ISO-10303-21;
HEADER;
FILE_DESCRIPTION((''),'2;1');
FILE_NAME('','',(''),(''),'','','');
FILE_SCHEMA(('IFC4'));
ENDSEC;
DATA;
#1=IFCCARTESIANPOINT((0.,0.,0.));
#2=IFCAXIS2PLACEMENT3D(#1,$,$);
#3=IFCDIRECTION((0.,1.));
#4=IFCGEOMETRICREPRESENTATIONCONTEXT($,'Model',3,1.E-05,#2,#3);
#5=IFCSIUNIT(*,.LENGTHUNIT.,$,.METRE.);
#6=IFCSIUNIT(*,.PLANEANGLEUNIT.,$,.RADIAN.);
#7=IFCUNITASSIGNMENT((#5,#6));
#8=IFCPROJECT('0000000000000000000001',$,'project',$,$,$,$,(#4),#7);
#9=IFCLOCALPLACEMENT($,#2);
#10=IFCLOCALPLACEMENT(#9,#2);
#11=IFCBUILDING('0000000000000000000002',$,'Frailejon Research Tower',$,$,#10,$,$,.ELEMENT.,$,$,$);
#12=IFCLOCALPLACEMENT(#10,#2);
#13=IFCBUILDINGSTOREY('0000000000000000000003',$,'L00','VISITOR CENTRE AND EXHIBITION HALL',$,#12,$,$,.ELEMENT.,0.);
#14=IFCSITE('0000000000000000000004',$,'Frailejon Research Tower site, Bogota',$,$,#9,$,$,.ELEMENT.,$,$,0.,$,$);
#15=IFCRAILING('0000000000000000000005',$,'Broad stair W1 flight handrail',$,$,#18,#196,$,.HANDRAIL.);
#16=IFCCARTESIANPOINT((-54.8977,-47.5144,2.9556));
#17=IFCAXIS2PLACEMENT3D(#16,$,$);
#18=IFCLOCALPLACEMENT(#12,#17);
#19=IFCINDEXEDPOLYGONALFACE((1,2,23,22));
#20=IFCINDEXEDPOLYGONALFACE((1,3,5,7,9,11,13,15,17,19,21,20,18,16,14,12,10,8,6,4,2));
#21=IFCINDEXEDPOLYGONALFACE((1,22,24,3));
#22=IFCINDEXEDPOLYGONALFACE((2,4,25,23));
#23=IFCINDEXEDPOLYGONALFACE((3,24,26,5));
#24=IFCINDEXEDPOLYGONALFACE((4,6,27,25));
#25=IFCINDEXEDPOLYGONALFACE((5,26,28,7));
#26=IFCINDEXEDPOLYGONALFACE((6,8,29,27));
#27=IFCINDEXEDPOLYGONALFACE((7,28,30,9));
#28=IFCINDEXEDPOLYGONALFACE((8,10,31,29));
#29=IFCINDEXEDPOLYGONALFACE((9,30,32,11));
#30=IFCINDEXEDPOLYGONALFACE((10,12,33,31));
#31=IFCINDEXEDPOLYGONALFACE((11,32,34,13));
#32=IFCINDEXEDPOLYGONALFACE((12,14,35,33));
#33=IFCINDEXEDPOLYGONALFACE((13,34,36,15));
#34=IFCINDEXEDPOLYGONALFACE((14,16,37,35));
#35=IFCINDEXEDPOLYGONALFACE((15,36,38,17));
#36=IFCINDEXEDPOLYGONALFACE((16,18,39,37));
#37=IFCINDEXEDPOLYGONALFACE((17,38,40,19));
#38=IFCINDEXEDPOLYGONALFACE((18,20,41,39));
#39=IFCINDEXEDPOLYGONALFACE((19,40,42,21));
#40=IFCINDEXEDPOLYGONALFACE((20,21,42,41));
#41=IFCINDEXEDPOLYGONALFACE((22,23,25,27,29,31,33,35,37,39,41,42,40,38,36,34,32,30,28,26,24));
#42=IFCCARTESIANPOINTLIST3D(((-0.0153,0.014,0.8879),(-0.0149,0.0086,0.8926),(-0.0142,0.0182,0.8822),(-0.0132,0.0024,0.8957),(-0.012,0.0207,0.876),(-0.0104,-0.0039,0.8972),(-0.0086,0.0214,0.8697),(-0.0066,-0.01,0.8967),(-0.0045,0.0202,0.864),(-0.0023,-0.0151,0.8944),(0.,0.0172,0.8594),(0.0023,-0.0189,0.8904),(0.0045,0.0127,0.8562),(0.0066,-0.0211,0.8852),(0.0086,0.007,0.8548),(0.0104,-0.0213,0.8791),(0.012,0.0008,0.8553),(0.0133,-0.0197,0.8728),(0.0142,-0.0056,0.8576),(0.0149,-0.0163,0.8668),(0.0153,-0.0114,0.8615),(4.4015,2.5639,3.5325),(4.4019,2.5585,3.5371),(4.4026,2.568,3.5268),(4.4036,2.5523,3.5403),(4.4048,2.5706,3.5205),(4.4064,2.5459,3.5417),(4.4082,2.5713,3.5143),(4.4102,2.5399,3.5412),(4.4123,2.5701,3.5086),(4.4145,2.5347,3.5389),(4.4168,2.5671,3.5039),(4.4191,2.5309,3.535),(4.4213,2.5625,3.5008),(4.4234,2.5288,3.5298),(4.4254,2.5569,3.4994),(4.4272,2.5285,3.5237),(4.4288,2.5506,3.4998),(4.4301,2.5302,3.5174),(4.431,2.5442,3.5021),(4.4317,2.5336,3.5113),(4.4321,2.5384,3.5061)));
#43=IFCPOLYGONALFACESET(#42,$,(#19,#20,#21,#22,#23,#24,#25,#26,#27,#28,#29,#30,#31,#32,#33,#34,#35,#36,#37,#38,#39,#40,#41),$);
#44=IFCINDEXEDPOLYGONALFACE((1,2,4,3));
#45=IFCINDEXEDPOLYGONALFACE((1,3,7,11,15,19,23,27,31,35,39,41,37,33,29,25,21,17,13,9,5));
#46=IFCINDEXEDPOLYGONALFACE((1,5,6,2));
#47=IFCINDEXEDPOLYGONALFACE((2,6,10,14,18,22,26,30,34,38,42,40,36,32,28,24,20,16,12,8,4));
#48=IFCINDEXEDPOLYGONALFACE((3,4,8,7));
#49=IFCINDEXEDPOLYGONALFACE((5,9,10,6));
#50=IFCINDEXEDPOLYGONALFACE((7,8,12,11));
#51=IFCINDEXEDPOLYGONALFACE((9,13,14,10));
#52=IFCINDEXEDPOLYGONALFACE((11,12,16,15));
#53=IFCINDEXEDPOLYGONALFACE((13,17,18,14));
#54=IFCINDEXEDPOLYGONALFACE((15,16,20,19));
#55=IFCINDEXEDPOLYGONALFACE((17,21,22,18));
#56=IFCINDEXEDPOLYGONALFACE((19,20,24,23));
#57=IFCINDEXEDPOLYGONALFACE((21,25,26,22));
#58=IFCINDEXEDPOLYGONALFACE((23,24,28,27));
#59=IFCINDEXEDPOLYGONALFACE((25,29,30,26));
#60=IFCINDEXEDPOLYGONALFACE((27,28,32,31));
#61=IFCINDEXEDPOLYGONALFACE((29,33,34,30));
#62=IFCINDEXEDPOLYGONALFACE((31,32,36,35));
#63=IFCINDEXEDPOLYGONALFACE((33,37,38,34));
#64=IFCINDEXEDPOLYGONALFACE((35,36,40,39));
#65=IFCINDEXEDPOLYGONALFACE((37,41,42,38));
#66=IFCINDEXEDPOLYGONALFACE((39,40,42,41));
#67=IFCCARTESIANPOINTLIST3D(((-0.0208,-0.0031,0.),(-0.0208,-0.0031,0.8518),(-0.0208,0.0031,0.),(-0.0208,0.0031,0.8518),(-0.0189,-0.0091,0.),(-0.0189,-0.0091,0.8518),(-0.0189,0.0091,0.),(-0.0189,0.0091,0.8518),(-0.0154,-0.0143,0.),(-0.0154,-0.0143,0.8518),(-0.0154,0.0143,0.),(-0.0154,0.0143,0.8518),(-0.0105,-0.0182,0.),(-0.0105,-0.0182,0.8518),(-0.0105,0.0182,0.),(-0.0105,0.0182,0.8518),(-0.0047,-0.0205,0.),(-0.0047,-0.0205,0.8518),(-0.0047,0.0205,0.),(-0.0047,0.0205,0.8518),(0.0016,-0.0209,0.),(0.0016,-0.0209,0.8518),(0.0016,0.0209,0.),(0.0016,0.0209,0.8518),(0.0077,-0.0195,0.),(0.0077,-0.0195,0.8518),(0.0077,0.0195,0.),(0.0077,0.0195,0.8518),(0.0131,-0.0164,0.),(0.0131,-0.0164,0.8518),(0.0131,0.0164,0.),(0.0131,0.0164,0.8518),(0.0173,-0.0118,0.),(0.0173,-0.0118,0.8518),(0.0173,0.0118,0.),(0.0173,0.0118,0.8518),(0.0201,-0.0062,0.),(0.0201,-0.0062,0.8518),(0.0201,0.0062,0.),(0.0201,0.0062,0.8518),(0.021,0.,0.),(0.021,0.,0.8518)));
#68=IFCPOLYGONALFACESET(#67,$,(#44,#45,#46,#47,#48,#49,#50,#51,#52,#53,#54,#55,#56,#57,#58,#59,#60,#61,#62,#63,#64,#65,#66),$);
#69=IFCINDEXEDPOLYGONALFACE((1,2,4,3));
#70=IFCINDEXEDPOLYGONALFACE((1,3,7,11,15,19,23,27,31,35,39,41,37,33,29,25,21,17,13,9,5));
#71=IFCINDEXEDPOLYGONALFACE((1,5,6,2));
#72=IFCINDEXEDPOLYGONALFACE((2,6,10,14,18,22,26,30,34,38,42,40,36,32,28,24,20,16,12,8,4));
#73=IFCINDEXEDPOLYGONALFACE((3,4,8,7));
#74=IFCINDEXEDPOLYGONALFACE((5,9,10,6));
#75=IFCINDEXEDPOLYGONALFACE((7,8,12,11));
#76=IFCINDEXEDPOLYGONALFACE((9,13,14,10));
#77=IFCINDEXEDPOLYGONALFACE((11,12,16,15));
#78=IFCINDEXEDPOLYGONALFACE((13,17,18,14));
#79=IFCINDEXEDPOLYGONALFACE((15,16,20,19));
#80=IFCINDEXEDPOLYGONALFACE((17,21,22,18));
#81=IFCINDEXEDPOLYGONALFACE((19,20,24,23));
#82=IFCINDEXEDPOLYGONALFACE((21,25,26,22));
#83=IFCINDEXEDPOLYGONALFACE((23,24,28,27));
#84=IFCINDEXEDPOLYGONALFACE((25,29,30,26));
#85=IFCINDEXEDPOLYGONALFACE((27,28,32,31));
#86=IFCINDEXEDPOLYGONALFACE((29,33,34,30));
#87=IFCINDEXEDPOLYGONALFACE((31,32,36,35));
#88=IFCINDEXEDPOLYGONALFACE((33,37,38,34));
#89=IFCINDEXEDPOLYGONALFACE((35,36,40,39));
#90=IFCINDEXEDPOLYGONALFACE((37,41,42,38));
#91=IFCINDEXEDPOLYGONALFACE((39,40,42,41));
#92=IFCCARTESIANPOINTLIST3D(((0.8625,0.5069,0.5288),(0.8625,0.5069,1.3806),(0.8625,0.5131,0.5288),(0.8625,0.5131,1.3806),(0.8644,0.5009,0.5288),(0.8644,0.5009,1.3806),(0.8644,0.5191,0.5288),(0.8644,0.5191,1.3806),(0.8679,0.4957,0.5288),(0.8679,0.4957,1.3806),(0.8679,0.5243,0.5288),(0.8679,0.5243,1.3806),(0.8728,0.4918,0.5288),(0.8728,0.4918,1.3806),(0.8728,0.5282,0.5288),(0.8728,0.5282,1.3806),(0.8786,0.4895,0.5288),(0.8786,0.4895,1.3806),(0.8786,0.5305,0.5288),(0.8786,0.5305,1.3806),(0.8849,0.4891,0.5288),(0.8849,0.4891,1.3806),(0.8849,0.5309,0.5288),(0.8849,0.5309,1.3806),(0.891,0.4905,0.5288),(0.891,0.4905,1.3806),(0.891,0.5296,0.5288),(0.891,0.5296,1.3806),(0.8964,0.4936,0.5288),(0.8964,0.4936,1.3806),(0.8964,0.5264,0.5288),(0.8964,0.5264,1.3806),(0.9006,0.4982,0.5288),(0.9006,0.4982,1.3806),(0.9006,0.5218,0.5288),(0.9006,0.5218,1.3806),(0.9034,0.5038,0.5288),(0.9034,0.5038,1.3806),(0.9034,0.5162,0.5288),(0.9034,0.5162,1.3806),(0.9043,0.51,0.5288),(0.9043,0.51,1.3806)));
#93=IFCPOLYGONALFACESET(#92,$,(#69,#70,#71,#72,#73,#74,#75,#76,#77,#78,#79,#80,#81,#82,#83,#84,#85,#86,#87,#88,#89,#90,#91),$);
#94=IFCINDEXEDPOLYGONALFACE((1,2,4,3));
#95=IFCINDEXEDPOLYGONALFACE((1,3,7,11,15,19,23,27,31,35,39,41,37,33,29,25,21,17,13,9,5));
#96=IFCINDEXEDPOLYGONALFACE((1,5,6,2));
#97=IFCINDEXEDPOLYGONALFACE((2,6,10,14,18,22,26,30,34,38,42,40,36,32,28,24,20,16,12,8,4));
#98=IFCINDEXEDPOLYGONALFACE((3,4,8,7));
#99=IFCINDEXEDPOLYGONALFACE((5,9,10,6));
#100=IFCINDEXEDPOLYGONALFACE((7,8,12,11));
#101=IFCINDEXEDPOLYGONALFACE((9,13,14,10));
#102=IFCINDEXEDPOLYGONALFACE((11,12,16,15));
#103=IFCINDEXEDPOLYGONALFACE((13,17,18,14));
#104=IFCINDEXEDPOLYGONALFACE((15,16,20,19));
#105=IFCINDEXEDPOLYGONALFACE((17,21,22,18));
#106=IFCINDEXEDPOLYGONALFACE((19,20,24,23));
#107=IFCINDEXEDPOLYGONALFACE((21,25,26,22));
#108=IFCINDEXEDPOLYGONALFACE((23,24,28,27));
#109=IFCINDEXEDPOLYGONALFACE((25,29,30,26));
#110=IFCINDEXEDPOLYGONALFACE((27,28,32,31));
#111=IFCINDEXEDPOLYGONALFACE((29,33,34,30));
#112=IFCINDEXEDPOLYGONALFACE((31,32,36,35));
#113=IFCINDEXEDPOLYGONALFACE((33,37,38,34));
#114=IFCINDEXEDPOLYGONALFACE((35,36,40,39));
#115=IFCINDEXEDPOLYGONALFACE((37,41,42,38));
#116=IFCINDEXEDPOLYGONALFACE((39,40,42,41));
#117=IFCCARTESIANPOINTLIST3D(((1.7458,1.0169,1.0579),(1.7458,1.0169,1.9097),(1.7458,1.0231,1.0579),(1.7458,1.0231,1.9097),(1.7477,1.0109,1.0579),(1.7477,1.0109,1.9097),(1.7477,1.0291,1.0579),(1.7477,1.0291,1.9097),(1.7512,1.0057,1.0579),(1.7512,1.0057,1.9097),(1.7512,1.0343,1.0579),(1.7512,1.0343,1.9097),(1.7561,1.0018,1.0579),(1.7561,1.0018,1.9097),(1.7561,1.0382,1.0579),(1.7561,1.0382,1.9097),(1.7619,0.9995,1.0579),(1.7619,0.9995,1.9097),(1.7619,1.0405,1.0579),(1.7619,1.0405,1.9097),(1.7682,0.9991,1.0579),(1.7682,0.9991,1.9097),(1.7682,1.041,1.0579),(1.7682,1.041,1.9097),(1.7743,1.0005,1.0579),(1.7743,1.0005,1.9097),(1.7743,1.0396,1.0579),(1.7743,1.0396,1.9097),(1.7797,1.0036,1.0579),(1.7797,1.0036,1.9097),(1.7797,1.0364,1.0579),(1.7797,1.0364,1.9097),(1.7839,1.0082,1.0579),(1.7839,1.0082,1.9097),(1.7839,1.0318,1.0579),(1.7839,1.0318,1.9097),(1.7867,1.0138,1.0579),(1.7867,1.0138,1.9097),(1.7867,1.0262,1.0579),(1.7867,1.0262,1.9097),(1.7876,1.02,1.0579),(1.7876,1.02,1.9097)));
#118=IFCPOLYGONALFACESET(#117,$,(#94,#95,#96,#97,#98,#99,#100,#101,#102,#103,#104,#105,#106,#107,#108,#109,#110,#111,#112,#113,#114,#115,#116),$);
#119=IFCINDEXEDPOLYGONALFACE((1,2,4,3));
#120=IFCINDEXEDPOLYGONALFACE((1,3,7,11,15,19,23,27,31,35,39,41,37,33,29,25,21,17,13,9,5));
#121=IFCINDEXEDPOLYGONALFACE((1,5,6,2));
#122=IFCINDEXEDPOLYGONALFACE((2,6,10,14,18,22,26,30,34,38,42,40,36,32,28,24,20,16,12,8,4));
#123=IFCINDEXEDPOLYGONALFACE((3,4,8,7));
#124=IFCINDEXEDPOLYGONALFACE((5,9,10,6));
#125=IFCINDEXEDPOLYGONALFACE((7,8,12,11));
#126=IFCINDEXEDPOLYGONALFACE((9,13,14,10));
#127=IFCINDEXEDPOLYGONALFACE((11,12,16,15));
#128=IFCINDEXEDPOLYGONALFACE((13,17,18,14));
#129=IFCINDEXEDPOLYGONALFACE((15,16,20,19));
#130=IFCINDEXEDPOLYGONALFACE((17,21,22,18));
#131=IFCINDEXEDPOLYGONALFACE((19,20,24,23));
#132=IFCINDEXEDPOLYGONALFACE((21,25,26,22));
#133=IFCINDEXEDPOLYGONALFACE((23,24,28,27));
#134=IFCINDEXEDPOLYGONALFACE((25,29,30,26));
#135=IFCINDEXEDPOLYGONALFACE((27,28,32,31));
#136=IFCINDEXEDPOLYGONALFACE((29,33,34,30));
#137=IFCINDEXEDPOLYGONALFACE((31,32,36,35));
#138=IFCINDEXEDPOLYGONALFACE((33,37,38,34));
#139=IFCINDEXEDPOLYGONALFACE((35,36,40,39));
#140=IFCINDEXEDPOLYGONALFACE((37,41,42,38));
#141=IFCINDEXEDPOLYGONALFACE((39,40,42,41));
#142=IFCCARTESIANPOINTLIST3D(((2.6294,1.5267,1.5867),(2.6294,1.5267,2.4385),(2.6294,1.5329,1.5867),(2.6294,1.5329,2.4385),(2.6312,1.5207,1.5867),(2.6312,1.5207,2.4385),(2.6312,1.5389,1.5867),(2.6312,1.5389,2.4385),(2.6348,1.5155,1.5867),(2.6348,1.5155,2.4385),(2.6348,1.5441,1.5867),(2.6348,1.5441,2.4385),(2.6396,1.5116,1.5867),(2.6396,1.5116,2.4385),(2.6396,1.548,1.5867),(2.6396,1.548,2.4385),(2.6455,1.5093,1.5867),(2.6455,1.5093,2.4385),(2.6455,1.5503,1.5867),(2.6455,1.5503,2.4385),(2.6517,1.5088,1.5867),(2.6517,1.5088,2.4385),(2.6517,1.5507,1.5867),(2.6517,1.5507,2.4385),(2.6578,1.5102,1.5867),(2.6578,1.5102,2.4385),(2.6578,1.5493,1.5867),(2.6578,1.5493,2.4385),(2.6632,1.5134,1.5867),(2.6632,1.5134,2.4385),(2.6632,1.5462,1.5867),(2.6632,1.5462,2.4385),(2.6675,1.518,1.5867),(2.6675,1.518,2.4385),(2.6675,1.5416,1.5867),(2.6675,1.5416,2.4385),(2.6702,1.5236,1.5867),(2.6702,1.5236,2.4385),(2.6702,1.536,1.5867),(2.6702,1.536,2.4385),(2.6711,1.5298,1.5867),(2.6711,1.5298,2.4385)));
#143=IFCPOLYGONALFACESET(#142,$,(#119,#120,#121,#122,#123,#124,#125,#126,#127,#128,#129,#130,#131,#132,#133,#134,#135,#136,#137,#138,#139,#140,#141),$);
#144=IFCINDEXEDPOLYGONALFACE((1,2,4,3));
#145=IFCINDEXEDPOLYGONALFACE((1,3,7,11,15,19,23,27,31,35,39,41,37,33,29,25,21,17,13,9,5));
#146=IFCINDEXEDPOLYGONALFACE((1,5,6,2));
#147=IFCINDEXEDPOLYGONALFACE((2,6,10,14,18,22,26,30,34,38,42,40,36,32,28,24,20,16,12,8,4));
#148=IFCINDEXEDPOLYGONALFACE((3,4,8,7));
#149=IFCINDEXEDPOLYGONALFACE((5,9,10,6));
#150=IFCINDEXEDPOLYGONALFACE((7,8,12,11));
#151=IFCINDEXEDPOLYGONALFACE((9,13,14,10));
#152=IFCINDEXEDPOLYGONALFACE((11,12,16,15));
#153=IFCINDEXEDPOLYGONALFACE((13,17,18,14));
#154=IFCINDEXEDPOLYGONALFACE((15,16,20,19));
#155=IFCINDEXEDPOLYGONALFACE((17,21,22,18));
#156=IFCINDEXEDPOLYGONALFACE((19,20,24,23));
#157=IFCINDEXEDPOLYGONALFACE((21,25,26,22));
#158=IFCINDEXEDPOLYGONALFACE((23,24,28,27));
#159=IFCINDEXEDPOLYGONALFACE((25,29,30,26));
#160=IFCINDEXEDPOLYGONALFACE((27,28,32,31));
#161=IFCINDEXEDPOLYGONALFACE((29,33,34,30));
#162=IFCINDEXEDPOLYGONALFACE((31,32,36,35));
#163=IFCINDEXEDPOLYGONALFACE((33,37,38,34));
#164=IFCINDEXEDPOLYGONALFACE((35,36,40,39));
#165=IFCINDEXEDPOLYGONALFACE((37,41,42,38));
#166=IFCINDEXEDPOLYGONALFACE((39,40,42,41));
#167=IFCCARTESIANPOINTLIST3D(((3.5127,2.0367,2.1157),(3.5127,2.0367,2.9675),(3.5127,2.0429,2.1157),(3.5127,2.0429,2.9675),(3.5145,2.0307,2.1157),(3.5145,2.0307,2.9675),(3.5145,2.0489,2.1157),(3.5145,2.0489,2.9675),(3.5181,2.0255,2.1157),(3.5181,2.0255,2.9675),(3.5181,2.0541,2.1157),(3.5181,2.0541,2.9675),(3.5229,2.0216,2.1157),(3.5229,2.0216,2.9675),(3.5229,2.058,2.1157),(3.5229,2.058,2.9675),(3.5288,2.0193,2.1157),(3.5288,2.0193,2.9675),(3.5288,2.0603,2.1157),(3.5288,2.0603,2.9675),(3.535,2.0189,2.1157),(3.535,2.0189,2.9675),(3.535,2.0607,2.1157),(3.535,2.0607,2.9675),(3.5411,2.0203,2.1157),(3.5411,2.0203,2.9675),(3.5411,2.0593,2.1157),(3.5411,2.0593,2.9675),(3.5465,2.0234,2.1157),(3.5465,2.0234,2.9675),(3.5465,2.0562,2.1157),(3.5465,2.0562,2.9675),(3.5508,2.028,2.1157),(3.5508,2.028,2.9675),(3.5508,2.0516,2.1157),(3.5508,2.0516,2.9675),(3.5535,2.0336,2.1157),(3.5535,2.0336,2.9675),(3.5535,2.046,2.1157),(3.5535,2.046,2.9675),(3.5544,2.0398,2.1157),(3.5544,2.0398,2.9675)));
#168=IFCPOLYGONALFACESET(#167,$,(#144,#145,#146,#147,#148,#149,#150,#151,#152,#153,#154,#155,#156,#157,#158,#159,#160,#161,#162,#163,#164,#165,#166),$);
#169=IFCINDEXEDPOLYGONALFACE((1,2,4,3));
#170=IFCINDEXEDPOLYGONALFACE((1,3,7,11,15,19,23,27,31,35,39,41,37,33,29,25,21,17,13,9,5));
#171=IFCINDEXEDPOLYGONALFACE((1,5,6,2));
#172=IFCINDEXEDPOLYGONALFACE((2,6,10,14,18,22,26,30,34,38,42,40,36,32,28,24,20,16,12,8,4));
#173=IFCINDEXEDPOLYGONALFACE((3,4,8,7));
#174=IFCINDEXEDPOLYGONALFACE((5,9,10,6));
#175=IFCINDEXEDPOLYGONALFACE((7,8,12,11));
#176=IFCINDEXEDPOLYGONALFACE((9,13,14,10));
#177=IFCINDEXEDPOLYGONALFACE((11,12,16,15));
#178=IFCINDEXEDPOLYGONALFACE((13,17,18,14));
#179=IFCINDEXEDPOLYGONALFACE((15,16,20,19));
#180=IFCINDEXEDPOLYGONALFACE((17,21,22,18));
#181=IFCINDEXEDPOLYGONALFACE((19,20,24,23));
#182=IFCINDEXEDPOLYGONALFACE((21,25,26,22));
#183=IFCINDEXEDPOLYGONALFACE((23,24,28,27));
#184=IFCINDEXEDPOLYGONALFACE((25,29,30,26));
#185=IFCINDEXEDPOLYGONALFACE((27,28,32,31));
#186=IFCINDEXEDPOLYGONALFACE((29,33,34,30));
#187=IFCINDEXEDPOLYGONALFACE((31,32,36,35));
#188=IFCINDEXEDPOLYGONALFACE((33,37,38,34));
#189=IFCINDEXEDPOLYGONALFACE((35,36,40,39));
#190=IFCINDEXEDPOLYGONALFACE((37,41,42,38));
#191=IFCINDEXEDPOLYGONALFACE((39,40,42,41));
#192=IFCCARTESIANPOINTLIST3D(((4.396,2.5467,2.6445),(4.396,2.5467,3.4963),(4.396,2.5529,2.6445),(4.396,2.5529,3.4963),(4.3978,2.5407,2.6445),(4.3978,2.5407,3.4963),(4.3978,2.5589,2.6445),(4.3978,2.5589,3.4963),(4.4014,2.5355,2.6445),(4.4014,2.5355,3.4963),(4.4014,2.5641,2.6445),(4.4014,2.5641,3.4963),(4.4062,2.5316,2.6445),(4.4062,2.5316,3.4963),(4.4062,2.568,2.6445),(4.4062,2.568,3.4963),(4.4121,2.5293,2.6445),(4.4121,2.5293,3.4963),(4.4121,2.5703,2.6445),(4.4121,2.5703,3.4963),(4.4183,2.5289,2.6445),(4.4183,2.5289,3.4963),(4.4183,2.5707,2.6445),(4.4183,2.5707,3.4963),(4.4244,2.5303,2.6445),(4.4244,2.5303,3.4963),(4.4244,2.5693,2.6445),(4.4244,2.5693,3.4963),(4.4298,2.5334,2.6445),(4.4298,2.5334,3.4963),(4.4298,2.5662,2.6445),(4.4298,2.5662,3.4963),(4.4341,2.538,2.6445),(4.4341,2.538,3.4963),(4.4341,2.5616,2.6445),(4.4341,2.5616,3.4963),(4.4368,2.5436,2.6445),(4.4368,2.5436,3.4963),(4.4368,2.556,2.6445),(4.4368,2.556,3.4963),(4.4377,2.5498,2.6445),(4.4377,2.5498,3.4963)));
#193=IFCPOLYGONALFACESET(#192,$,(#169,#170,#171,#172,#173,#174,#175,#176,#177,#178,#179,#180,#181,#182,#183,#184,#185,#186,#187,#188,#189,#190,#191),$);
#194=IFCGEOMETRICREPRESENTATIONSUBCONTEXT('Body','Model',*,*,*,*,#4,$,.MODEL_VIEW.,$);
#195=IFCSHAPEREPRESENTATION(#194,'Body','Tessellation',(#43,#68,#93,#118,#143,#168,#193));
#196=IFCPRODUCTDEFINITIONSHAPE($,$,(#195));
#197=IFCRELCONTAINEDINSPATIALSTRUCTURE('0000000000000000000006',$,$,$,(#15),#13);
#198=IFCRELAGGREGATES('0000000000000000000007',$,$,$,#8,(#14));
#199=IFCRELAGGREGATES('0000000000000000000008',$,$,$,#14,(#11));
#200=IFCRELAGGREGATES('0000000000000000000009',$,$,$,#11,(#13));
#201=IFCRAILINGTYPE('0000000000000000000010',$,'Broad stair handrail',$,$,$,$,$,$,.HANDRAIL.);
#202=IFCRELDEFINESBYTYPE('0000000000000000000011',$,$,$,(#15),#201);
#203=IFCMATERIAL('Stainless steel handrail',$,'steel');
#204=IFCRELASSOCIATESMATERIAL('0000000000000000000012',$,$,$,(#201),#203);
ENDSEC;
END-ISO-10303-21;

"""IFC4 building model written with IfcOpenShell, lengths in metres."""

from ifc_helpers import new_model, si_unit, direction, frame, origin, origin_2d, place, context, subcontext, project, spatial, circle, extrude, material, type_object, element, save


model = new_model("IFC4")

# Units and contexts
model_context = context("Model", 3, precision=1e-05, world=origin(), true_north=direction((0.0, 1.0)))
body_context = subcontext(model_context, "Body", "Model", "MODEL_VIEW")
ifc_project = project(units=[si_unit("LENGTHUNIT", "METRE"), si_unit("PLANEANGLEUNIT", "RADIAN")], contexts=[model_context])

# Site, building, storey
site_placement = place(None, origin())
site = spatial("IfcSite", under=ifc_project, at=site_placement, Name="Frailejon Research Tower site, Bogota", CompositionType="ELEMENT", RefElevation=0.0)
building_placement = place(site_placement, origin())
building = spatial("IfcBuilding", under=site, at=building_placement, Name="Frailejon Research Tower", CompositionType="ELEMENT")
storey_placement = place(building_placement, origin())
storey = spatial("IfcBuildingStorey", under=building, at=storey_placement, Name="L00", Description="VISITOR CENTRE AND EXHIBITION HALL", CompositionType="ELEMENT", Elevation=0.0)

# Railing
ifc_material_1 = material(Name="Stainless steel handrail", Category="steel")
railing_type_1 = type_object("IfcRailingType", Name="Broad stair handrail", PredefinedType="HANDRAIL", material=ifc_material_1)
railing_1_placement = place(storey_placement, frame((-54.8977, -47.5144, 2.9556)))
element("IfcRailing", 1, at=railing_1_placement, inside=storey, type_object=railing_type_1, Name="Broad stair W1 flight handrail", PredefinedType="HANDRAIL", context=body_context, shape_type="SweptSolid", body=[
    extrude(circle(Radius=0.0239, at=origin_2d()), frame((0.0, 0.0, 0.876), z_axis=(0.768826, 0.443846, 0.460335), x_axis=(-0.49997, 0.866043, 0.0)), (0.0, 0.0, 1.0), 5.7449),
    extrude(circle(Radius=0.021, at=origin_2d()), origin(), (0.0, 0.0, 1.0), 0.8518),
    extrude(circle(Radius=0.021, at=origin_2d()), frame((0.8833, 0.51, 0.5288)), (0.0, 0.0, 1.0), 0.8518),
    extrude(circle(Radius=0.021, at=origin_2d()), frame((1.7666, 1.02, 1.0579)), (0.0, 0.0, 1.0), 0.8518),
    extrude(circle(Radius=0.021, at=origin_2d()), frame((2.6501, 1.5298, 1.5867)), (0.0, 0.0, 1.0), 0.8518),
    extrude(circle(Radius=0.021, at=origin_2d()), frame((3.5334, 2.0398, 2.1157)), (0.0, 0.0, 1.0), 0.8518),
    extrude(circle(Radius=0.021, at=origin_2d()), frame((4.4167, 2.5498, 2.6445)), (0.0, 0.0, 1.0), 0.8518),
])

save(model, "model.ifc")
